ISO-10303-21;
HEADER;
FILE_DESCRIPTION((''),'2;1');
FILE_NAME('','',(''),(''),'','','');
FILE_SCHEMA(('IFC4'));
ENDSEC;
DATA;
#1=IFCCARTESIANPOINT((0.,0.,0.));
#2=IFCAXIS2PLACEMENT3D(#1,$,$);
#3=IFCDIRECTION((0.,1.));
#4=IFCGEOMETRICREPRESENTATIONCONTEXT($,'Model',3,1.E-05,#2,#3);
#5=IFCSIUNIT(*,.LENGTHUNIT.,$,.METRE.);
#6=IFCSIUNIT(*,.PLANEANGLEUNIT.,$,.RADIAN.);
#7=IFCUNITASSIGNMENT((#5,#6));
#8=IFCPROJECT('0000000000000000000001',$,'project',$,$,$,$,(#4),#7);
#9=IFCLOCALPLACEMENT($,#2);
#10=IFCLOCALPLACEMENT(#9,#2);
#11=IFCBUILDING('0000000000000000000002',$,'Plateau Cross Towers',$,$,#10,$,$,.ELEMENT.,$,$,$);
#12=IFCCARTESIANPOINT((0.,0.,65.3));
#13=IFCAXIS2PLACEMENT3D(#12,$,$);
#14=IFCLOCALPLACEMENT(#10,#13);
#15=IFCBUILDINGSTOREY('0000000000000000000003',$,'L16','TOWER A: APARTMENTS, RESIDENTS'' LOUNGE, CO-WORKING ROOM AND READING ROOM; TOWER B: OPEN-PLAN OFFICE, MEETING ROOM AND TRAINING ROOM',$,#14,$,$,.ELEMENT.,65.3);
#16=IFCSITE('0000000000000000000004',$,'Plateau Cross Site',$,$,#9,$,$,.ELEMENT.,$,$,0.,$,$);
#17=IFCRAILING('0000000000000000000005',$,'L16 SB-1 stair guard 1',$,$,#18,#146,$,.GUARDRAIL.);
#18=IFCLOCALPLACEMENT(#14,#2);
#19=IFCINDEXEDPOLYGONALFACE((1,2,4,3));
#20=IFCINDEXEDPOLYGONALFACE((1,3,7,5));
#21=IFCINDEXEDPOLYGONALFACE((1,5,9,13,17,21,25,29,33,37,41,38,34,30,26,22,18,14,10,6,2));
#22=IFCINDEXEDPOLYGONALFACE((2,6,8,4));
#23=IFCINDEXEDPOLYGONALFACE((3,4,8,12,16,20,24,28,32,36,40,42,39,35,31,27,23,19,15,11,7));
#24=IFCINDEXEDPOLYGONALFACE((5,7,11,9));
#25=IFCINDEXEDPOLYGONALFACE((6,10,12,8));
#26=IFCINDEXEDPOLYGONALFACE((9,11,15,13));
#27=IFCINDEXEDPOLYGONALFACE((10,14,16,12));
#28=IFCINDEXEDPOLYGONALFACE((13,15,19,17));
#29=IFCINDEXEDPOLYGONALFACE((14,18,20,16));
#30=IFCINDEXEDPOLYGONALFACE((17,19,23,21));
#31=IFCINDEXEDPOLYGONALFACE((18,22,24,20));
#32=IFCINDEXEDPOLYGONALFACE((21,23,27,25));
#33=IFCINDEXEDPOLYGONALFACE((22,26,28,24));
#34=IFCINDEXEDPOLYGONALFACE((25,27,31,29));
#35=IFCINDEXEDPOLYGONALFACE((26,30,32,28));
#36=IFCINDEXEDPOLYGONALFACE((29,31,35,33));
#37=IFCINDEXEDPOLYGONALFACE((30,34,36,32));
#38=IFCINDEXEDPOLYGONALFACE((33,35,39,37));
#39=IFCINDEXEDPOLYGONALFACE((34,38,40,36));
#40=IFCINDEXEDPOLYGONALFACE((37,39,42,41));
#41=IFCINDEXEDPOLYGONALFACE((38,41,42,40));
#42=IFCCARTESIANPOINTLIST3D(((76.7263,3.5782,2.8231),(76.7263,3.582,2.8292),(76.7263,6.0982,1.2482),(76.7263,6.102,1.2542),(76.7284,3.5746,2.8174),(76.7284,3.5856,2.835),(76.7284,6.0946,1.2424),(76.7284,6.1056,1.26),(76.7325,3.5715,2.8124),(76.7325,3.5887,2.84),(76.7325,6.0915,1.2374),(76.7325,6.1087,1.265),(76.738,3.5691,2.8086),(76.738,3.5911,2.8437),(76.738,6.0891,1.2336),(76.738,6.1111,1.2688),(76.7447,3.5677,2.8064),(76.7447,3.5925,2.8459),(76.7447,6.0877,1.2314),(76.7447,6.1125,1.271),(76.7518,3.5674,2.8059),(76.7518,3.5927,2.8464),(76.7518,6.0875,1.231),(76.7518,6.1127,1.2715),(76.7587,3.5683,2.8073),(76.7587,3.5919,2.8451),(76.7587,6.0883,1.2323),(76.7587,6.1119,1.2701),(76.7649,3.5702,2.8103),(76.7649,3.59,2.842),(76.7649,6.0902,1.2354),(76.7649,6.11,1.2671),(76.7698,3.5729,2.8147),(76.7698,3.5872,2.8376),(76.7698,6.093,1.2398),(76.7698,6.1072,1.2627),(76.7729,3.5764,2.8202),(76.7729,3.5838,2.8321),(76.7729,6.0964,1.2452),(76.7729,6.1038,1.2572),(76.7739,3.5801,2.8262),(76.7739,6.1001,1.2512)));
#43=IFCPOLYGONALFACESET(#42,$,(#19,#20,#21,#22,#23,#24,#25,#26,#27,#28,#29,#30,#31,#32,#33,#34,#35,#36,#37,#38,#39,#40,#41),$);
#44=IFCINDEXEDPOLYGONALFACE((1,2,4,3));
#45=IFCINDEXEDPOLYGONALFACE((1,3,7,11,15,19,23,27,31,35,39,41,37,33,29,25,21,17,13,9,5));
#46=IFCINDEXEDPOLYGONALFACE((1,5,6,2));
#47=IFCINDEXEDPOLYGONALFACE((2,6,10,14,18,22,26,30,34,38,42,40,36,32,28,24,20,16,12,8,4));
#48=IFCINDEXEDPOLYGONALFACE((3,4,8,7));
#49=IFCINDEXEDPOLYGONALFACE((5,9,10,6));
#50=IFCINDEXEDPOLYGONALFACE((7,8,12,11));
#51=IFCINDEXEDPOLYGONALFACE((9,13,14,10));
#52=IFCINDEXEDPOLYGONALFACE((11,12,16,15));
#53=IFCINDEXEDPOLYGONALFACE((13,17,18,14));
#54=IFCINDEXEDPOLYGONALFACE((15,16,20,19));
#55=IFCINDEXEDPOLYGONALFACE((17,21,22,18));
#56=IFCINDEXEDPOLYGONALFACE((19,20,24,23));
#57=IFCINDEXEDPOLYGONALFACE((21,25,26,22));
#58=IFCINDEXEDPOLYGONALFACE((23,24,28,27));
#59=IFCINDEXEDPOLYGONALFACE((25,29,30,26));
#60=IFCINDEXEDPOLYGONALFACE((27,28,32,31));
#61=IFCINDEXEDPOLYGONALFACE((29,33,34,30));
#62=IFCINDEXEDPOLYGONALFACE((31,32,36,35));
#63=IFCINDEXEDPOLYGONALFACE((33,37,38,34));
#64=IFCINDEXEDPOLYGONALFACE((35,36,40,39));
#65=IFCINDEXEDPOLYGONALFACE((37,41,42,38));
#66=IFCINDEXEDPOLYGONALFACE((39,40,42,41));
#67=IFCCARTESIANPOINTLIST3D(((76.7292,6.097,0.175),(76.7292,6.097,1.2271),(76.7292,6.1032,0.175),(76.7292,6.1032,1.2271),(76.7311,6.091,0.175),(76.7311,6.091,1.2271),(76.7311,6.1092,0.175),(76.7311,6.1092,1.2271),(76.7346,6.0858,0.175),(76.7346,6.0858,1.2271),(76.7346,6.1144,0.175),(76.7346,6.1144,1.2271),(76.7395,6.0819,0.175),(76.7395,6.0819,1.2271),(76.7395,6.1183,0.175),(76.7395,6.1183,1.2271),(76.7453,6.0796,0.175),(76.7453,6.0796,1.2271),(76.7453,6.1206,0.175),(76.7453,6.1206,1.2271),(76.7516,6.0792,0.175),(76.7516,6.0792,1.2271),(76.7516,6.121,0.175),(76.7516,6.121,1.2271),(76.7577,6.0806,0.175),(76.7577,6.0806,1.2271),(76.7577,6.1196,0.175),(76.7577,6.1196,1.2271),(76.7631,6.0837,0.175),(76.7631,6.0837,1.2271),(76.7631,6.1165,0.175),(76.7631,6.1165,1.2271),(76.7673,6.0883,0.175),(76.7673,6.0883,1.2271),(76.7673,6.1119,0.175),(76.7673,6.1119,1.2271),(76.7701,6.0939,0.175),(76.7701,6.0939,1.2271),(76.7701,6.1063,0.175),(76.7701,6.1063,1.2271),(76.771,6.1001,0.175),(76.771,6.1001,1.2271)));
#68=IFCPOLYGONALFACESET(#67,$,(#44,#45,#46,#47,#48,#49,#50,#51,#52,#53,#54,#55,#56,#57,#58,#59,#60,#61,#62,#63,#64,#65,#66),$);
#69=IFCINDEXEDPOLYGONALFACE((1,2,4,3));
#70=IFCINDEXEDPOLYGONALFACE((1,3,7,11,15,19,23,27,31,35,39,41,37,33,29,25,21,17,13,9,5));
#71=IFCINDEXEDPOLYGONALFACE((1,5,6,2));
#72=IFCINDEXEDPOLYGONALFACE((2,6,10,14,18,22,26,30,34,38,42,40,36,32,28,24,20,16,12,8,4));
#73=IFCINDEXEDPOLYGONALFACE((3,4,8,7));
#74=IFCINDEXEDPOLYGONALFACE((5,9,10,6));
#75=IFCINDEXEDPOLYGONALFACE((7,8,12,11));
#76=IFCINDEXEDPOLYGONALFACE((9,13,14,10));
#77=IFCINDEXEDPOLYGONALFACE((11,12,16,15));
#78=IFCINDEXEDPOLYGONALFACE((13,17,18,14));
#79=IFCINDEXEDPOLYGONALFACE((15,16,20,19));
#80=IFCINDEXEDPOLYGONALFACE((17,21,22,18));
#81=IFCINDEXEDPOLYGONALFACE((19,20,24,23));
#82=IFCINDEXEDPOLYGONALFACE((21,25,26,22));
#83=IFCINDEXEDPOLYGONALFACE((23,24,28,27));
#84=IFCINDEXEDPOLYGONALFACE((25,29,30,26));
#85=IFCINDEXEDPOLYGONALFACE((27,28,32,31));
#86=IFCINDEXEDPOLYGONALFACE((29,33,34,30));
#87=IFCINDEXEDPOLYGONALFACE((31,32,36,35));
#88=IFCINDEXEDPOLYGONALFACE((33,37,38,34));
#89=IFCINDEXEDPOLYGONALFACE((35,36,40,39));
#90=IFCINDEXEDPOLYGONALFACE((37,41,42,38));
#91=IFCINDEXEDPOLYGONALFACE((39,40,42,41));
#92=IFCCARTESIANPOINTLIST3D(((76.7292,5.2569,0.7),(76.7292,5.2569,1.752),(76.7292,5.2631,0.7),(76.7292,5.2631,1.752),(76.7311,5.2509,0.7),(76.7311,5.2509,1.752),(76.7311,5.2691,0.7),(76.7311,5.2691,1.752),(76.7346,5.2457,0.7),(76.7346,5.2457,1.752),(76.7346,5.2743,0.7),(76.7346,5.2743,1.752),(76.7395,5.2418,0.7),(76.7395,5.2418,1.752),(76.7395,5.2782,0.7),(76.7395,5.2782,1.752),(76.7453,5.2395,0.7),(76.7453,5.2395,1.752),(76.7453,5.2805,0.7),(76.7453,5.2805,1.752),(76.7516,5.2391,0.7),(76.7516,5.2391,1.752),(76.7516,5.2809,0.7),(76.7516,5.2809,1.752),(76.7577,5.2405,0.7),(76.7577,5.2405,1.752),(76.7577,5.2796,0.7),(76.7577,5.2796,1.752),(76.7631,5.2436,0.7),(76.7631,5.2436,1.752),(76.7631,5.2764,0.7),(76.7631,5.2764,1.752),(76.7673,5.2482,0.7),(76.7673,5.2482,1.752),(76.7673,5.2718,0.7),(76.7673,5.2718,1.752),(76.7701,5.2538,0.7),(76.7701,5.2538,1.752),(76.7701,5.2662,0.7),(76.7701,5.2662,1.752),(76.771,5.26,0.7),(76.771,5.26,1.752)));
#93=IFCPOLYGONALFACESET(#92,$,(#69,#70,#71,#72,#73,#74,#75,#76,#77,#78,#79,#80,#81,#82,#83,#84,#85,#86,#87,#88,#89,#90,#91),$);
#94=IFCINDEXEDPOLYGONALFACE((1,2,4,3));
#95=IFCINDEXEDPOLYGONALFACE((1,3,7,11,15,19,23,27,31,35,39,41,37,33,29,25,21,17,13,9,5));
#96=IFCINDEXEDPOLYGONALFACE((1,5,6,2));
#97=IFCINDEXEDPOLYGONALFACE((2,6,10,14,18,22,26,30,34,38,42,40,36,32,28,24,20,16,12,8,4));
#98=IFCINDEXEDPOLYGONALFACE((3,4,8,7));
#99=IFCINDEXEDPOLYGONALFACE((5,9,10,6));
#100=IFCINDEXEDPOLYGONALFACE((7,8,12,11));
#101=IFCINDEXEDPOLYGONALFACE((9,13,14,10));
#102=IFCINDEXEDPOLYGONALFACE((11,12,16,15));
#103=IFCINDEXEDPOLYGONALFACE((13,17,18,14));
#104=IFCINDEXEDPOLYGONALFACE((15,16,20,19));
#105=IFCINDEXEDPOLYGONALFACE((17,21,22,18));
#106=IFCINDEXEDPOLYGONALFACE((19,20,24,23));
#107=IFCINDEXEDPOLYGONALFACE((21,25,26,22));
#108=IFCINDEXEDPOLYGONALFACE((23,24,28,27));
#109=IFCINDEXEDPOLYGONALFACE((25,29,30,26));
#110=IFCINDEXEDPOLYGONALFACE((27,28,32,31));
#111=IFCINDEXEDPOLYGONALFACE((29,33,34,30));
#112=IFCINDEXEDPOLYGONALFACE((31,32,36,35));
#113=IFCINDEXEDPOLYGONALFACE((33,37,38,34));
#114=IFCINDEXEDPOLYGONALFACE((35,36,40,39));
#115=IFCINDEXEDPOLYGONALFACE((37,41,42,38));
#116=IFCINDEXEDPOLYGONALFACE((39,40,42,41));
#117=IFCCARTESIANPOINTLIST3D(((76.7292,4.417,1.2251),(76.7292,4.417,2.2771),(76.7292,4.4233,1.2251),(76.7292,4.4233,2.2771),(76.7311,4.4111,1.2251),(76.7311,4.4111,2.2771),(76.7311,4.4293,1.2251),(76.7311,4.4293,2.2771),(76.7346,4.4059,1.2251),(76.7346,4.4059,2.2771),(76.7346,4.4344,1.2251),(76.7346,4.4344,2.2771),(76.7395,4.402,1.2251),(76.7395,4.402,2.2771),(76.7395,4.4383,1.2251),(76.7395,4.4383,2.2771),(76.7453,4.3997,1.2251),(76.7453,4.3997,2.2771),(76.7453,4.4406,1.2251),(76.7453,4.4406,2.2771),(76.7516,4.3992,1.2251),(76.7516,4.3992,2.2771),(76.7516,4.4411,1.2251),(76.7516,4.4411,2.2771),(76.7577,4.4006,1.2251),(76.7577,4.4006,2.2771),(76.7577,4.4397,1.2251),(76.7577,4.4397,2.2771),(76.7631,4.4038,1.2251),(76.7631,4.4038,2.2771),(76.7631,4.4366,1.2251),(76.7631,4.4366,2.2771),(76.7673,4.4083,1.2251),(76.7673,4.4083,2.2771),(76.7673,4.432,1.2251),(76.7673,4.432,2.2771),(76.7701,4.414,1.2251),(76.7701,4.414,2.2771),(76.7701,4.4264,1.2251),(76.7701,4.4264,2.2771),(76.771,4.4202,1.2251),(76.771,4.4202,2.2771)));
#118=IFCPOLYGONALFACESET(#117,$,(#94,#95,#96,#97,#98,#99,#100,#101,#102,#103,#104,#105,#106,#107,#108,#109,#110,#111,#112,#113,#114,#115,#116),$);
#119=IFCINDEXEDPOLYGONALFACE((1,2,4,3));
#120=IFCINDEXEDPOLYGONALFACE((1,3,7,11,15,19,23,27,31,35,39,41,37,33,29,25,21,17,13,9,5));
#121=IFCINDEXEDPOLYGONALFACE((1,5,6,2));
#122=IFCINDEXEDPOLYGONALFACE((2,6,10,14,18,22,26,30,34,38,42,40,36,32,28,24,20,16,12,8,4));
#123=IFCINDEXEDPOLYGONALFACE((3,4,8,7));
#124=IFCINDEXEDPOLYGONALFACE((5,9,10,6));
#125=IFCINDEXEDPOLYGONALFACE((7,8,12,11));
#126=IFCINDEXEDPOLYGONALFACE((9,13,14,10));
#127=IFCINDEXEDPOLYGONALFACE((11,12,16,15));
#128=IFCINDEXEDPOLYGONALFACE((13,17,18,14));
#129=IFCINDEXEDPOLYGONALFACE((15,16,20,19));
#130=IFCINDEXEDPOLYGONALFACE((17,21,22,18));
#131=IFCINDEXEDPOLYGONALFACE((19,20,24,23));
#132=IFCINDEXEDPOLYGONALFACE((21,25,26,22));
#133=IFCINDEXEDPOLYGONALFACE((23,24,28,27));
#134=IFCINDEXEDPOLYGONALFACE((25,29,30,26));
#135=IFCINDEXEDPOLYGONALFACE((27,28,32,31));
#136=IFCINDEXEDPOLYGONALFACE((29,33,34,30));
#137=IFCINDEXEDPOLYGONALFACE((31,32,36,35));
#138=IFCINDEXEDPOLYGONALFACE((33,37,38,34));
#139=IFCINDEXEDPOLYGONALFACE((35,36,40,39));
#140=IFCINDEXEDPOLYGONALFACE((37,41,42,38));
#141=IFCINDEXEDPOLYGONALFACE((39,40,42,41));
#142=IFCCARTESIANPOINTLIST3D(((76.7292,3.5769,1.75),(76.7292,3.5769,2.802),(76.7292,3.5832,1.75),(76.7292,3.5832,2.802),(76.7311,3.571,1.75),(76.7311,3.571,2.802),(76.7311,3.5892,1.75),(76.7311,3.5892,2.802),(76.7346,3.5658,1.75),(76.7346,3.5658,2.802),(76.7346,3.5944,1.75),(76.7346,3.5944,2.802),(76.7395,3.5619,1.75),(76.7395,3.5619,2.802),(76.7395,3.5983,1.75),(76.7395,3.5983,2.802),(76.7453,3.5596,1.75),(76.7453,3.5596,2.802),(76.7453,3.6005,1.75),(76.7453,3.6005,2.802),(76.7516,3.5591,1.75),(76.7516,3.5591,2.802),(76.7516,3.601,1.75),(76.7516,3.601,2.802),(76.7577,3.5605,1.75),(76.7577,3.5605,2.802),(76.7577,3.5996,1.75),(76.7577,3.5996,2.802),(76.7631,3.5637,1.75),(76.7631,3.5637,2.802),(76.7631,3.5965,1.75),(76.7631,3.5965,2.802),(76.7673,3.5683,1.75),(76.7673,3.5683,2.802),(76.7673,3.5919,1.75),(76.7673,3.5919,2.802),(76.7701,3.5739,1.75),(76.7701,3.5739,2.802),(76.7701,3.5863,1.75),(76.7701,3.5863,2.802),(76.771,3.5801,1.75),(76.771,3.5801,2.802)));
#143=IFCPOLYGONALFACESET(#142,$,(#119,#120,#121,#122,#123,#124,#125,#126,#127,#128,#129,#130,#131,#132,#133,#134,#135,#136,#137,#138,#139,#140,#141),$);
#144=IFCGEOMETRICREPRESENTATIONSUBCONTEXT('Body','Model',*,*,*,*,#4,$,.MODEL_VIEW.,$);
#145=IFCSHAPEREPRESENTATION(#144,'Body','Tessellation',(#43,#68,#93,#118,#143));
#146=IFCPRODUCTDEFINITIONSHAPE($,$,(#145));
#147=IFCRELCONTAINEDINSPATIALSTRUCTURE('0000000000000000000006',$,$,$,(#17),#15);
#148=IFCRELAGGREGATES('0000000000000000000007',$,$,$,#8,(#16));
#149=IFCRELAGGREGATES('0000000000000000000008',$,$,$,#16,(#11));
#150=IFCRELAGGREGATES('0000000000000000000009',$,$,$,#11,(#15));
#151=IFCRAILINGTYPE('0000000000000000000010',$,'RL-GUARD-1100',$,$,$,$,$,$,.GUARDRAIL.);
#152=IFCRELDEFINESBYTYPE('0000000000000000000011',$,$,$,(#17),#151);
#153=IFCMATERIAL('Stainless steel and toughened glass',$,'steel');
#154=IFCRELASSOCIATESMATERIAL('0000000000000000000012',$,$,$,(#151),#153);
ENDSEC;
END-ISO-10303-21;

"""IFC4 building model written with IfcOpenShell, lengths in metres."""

from ifc_helpers import new_model, si_unit, direction, frame, origin, origin_2d, place, context, subcontext, project, spatial, circle, extrude, material, type_object, element, save


model = new_model("IFC4")

# Units and contexts
model_context = context("Model", 3, precision=1e-05, world=origin(), true_north=direction((0.0, 1.0)))
body_context = subcontext(model_context, "Body", "Model", "MODEL_VIEW")
ifc_project = project(units=[si_unit("LENGTHUNIT", "METRE"), si_unit("PLANEANGLEUNIT", "RADIAN")], contexts=[model_context])

# Site, building, storey
site_placement = place(None, origin())
site = spatial("IfcSite", under=ifc_project, at=site_placement, Name="Plateau Cross Site", CompositionType="ELEMENT", RefElevation=0.0)
building_placement = place(site_placement, origin())
building = spatial("IfcBuilding", under=site, at=building_placement, Name="Plateau Cross Towers", CompositionType="ELEMENT")
storey_placement = place(building_placement, frame((0.0, 0.0, 65.3)))
storey = spatial("IfcBuildingStorey", under=building, at=storey_placement, Name="L16", Description="TOWER A: APARTMENTS, RESIDENTS' LOUNGE, CO-WORKING ROOM AND READING ROOM; TOWER B: OPEN-PLAN OFFICE, MEETING ROOM AND TRAINING ROOM", CompositionType="ELEMENT", Elevation=65.3)

# Railing
ifc_material_1 = material(Name="Stainless steel and toughened glass", Category="steel")
railing_type_1 = type_object("IfcRailingType", Name="RL-GUARD-1100", PredefinedType="GUARDRAIL", material=ifc_material_1)
railing_1_placement = place(storey_placement, frame((76.75, 6.1001, 0.175)))
element("IfcRailing", 1, at=railing_1_placement, inside=storey, type_object=railing_type_1, Name="L16 SB-1 stair guard 1", PredefinedType="GUARDRAIL", context=body_context, shape_type="SweptSolid", body=[
    extrude(circle(Radius=0.0239, at=origin_2d()), frame((0.0, 0.0, 1.0762), z_axis=(0.0, -0.848008, 0.529984), x_axis=(1.0, 0.0, 0.0)), (0.0, 0.0, 1.0), 2.9717),
    extrude(circle(Radius=0.021, at=origin_2d()), origin(), (0.0, 0.0, 1.0), 1.052),
    extrude(circle(Radius=0.021, at=origin_2d()), frame((0.0, -0.8401, 0.5249)), (0.0, 0.0, 1.0), 1.052),
    extrude(circle(Radius=0.021, at=origin_2d()), frame((0.0, -1.6799, 1.05)), (0.0, 0.0, 1.0), 1.052),
    extrude(circle(Radius=0.021, at=origin_2d()), frame((0.0, -2.52, 1.575)), (0.0, 0.0, 1.0), 1.052),
])

save(model, "model.ifc")
